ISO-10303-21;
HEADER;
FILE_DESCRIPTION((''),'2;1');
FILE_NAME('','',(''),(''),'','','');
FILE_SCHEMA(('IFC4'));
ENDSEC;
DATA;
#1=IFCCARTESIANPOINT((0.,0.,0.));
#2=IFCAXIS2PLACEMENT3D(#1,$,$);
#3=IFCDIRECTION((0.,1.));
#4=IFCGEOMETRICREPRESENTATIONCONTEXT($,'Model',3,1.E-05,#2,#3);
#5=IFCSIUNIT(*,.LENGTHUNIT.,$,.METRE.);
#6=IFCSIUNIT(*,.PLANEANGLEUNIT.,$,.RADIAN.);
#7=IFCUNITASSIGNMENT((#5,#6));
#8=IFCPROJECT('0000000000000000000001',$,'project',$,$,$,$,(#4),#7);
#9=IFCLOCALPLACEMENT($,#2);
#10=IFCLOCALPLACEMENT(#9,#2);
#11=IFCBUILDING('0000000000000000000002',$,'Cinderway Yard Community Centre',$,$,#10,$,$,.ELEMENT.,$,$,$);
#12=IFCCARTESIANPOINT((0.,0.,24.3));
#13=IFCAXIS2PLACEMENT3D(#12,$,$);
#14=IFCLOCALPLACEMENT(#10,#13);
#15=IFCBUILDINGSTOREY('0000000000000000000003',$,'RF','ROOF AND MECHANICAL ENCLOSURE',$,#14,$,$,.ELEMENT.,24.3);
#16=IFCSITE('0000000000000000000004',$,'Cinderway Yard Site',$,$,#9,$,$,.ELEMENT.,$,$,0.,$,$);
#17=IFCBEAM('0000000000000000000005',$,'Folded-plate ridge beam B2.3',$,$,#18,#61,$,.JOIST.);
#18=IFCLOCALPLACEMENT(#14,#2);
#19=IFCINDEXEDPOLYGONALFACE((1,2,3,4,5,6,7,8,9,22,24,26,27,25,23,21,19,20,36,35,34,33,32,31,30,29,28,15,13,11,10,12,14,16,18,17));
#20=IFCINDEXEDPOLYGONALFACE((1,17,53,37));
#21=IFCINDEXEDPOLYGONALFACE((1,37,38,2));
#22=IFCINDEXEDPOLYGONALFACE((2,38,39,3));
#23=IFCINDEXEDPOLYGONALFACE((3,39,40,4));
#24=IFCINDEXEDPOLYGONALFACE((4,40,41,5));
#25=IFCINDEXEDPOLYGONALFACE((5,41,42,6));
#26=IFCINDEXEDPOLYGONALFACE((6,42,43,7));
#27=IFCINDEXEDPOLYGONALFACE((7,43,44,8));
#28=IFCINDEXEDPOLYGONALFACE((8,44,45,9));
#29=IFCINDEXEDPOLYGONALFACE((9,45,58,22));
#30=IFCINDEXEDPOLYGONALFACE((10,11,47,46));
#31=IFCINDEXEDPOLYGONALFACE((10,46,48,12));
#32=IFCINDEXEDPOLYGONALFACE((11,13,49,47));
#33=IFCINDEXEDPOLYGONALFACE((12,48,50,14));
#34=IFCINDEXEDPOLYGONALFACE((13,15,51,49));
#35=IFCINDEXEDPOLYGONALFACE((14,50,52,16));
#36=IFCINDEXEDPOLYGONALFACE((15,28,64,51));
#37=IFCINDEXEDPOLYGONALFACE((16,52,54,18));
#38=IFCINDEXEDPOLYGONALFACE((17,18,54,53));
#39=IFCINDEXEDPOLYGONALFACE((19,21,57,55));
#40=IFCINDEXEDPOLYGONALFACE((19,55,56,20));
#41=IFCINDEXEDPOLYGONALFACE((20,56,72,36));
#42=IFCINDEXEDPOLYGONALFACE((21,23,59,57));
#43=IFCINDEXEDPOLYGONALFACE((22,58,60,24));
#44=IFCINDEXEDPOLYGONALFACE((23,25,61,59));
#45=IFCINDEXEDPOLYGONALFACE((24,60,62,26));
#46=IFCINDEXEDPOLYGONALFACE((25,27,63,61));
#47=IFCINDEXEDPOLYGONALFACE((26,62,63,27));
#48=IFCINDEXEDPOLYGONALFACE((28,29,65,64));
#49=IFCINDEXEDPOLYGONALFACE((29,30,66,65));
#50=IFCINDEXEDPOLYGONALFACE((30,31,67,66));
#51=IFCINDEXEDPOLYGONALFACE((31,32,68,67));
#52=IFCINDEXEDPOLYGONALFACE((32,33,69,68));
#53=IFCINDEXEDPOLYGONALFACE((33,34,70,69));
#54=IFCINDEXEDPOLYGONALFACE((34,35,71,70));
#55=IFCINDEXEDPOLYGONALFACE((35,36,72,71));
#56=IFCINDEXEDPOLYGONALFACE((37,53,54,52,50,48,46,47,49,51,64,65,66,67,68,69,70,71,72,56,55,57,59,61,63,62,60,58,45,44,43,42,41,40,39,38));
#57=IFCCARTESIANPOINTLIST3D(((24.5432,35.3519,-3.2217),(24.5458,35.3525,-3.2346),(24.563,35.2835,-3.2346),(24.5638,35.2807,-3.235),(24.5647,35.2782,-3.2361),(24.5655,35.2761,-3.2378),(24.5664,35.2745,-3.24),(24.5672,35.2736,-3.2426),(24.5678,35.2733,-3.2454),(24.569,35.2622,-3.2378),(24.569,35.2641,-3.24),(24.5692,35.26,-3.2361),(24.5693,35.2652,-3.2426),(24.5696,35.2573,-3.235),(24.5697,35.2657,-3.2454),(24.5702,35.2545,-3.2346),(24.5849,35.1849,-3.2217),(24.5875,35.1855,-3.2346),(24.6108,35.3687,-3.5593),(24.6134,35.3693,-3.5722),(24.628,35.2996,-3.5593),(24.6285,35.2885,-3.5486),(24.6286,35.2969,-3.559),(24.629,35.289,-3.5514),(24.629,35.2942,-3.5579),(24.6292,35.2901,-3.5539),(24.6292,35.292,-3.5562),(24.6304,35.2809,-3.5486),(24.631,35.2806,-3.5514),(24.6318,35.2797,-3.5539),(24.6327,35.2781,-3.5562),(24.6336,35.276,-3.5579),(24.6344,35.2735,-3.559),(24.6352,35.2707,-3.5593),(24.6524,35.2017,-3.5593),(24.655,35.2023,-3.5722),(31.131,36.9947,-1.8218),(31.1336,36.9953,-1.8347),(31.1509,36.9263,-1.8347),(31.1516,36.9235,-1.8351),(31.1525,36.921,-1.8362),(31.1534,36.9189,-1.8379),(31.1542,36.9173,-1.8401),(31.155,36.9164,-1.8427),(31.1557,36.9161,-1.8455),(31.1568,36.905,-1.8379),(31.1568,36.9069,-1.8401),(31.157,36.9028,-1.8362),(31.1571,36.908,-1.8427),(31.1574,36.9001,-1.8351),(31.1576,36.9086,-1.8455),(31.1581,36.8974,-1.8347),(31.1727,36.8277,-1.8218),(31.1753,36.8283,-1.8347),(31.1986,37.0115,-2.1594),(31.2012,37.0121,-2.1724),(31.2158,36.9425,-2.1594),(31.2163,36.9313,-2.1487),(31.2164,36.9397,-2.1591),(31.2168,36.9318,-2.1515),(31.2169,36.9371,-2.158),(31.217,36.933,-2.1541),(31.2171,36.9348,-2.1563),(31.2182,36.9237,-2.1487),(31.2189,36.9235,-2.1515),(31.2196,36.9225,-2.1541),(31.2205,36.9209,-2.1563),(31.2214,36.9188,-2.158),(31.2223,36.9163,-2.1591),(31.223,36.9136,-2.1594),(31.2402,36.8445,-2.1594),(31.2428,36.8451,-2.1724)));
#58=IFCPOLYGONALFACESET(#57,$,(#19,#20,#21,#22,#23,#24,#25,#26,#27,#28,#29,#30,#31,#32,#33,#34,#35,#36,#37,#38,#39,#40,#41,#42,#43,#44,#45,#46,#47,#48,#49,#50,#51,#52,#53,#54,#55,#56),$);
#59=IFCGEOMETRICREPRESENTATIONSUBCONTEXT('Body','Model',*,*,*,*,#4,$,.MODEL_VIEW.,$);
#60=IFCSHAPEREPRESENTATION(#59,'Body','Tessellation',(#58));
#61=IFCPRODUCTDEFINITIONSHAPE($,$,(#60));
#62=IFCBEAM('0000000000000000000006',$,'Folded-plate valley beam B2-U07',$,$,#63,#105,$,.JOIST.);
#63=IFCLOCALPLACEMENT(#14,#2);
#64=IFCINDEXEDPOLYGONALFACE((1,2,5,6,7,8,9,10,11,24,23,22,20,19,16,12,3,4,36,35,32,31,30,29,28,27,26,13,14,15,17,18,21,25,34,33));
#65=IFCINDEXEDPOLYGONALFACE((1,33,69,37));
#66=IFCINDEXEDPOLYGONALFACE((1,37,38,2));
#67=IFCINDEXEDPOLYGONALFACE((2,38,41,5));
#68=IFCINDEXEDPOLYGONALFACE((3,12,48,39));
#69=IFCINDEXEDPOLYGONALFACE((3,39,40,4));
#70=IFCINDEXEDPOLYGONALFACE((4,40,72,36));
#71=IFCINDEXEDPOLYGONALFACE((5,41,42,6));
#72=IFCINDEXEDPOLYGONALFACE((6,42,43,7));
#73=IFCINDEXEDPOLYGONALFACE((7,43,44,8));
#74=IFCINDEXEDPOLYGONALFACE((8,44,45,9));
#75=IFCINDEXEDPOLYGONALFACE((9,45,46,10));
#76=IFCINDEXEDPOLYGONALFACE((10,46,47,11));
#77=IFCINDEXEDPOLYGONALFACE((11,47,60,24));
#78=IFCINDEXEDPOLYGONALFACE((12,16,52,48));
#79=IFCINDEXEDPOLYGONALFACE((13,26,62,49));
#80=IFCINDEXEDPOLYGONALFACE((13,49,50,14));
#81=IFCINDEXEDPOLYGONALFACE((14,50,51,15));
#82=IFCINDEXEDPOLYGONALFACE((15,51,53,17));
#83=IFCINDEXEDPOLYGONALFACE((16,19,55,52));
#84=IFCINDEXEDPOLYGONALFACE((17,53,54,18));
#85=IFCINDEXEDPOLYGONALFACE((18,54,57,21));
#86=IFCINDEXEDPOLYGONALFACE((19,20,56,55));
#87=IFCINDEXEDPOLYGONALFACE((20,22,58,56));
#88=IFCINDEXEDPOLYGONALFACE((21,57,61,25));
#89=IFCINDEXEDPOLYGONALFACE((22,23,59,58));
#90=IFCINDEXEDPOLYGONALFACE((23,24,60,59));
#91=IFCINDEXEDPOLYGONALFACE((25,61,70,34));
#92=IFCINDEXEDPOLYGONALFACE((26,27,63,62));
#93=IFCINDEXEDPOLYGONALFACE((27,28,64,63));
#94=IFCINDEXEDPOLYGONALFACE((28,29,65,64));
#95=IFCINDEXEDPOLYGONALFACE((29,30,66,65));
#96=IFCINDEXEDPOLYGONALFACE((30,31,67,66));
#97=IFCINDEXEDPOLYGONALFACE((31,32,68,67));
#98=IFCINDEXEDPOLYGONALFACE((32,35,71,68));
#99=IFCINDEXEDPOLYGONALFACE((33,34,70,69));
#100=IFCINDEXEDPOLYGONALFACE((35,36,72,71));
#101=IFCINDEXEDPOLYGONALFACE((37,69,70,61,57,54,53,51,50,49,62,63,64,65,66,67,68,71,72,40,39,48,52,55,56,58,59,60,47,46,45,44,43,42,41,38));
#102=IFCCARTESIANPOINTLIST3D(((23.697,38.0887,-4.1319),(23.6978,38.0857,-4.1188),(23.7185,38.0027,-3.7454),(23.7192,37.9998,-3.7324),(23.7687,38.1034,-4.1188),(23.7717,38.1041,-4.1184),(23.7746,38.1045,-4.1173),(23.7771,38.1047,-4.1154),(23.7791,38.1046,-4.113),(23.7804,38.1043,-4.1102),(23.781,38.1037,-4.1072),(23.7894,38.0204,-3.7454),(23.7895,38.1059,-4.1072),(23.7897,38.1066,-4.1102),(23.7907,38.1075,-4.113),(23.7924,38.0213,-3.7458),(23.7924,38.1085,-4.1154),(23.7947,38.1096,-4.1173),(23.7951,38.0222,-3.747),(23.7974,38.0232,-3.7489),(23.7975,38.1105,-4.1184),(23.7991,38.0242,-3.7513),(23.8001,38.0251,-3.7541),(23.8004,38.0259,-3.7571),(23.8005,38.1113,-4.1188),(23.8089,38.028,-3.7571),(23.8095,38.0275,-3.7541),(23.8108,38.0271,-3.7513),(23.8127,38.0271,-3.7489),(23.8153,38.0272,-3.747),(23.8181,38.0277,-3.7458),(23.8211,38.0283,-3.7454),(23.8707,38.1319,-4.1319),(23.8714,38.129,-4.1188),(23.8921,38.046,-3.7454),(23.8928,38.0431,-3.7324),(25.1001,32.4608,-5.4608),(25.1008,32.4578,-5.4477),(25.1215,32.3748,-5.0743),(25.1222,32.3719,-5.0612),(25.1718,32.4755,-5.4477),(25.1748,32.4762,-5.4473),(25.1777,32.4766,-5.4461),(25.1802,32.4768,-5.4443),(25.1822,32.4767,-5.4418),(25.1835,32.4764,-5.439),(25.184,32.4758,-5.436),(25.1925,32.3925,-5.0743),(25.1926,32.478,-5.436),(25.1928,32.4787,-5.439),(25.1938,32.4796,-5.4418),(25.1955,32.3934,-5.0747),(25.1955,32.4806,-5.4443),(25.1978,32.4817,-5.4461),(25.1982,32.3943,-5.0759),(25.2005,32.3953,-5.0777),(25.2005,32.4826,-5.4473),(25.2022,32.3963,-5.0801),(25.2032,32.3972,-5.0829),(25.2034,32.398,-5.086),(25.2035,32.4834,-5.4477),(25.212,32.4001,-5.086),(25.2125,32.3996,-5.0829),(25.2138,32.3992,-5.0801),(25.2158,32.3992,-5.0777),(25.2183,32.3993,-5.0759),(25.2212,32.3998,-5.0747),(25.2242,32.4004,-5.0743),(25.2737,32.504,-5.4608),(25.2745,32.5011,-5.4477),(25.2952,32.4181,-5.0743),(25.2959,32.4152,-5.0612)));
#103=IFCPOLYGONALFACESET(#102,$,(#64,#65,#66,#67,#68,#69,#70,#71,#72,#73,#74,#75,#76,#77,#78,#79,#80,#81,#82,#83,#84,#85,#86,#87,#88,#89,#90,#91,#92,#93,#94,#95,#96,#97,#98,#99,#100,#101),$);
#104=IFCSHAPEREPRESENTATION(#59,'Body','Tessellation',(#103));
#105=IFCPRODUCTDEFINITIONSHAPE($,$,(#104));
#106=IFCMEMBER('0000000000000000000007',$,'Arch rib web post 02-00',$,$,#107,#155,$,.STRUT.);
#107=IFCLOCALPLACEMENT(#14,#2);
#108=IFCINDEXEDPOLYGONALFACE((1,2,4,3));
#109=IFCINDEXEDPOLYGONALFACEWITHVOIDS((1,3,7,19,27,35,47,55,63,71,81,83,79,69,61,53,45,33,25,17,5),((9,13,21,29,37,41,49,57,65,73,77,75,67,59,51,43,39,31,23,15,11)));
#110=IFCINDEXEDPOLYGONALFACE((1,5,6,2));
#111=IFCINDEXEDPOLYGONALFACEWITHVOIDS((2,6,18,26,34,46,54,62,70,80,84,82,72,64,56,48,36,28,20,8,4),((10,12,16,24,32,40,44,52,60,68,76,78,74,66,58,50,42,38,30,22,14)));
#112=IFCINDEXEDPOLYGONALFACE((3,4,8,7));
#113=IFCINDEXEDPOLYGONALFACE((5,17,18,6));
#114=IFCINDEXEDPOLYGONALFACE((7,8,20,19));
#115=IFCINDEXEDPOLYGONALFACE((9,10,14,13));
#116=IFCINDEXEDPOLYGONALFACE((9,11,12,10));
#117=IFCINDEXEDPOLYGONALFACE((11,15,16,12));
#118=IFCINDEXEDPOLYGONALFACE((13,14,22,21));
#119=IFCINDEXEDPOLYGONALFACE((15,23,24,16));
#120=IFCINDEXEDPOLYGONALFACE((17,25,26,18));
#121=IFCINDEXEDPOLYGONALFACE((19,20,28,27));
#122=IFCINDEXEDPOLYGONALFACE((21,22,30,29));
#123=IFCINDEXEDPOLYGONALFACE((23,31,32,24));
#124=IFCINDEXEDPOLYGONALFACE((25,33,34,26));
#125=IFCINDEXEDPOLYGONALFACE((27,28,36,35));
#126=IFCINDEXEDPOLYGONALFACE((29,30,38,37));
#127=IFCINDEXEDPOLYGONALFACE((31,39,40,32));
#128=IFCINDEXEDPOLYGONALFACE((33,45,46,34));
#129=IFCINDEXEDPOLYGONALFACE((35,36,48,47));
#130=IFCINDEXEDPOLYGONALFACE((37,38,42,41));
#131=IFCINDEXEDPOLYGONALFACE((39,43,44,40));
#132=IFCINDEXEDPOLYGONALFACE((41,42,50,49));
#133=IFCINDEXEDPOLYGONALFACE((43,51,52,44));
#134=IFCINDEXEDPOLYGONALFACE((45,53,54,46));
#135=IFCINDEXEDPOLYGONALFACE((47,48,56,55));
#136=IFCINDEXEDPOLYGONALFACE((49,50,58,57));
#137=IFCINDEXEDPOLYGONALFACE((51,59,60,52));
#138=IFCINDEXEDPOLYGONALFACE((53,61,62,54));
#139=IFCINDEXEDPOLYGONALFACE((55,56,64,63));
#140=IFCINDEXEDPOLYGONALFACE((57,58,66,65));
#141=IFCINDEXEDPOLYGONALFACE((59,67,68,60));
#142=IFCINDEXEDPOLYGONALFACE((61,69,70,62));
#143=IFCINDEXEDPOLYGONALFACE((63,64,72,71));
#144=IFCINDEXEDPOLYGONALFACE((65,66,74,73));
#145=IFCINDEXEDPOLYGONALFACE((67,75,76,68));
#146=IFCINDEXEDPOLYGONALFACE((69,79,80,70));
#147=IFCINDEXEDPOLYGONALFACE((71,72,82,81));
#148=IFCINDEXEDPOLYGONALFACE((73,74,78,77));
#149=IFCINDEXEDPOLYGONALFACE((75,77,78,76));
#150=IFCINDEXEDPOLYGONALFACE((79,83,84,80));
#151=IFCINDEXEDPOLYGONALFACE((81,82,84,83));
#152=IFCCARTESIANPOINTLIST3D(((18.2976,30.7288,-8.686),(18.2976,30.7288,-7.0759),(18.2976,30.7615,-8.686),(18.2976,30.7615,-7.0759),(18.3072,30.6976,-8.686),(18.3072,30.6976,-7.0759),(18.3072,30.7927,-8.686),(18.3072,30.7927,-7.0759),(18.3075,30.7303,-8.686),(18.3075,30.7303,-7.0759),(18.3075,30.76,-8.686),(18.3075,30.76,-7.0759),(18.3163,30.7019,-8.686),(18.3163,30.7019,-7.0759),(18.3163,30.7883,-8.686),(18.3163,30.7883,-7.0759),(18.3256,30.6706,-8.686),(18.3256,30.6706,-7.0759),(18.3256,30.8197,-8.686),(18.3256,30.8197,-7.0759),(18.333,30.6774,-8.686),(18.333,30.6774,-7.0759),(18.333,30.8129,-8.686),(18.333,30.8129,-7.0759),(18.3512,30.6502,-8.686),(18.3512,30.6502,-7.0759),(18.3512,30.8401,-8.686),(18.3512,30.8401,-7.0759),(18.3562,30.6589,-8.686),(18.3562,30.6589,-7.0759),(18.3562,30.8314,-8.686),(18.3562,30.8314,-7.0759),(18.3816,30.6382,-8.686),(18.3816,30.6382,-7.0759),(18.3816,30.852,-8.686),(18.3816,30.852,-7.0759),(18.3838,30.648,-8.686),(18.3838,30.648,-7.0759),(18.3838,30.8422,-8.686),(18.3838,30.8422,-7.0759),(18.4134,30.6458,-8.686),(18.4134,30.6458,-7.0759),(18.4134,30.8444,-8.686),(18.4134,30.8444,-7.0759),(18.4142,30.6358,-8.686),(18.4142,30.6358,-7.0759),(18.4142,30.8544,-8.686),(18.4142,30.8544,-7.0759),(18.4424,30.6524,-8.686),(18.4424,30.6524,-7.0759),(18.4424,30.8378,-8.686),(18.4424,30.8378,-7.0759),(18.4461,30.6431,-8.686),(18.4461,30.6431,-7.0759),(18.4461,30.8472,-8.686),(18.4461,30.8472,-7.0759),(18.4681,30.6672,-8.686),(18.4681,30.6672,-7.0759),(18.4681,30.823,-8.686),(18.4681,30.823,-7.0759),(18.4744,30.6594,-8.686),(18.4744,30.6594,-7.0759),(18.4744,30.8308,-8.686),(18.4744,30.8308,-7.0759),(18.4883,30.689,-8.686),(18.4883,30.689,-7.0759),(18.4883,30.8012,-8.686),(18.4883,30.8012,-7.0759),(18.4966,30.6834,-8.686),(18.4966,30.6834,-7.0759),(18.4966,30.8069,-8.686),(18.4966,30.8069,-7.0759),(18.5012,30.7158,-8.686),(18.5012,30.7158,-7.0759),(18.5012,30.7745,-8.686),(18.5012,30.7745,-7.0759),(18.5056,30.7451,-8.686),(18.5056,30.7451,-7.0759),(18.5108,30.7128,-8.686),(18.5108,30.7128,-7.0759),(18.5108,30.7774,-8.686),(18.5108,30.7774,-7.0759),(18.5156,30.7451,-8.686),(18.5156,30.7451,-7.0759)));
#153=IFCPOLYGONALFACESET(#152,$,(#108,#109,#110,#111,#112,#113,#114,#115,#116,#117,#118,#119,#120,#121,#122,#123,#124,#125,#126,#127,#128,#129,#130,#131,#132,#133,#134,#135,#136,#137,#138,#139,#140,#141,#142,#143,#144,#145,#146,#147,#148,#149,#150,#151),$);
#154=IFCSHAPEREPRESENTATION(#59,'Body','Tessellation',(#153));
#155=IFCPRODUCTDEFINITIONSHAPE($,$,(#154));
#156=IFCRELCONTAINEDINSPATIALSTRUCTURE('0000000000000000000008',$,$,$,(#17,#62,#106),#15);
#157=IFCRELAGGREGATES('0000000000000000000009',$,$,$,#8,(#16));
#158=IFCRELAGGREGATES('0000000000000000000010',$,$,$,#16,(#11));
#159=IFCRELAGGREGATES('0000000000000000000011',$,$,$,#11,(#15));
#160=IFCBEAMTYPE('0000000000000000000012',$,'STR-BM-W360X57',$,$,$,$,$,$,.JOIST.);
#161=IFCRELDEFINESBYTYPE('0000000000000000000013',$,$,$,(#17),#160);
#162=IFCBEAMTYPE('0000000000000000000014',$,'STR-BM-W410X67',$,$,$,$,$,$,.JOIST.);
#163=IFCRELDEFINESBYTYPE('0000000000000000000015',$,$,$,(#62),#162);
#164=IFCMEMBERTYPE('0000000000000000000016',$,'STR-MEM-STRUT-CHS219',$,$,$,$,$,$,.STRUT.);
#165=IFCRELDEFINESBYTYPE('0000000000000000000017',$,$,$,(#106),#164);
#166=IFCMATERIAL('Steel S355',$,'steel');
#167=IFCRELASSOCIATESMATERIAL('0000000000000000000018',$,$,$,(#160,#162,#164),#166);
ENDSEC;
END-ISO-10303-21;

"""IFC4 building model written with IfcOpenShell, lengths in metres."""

from ifc_helpers import new_model, si_unit, direction, frame, origin, origin_2d, place, context, subcontext, project, spatial, hollow_circle, i_section, extrude, material, material_profile, profile_set, type_object, element, save


model = new_model("IFC4")

# Units and contexts
model_context = context("Model", 3, precision=1e-05, world=origin(), true_north=direction((0.0, 1.0)))
body_context = subcontext(model_context, "Body", "Model", "MODEL_VIEW")
ifc_project = project(units=[si_unit("LENGTHUNIT", "METRE"), si_unit("PLANEANGLEUNIT", "RADIAN")], contexts=[model_context])

# Site, building, storey
site_placement = place(None, origin())
site = spatial("IfcSite", under=ifc_project, at=site_placement, Name="Cinderway Yard Site", CompositionType="ELEMENT", RefElevation=0.0)
building_placement = place(site_placement, origin())
building = spatial("IfcBuilding", under=site, at=building_placement, Name="Cinderway Yard Community Centre", CompositionType="ELEMENT")
storey_placement = place(building_placement, frame((0.0, 0.0, 24.3)))
storey = spatial("IfcBuildingStorey", under=building, at=storey_placement, Name="RF", Description="ROOF AND MECHANICAL ENCLOSURE", CompositionType="ELEMENT", Elevation=24.3)

# Shared definitions
ifc_material_1 = material(Name="Steel S355", Category="steel")

# Beams
ifc_material_profile_1 = material_profile(ifc_material_1, i_section(OverallWidth=0.1721, OverallDepth=0.3579, WebThickness=0.0078, FlangeThickness=0.0132, FilletRadius=0.011, at=origin_2d()), Name="Steel S355")
ifc_profile_set_1 = profile_set([ifc_material_profile_1], Name="Steel S355")
beam_type_1 = type_object("IfcBeamType", Name="STR-BM-W360X57", PredefinedType="JOIST", material=ifc_profile_set_1)
beam_1_placement = place(storey_placement, frame((24.5991, 35.2771, -3.397), z_axis=(0.950297, 0.236976, 0.201935), x_axis=(-0.24196, 0.970286, 0.0)))
element("IfcBeam", 1, at=beam_1_placement, inside=storey, type_object=beam_type_1, Name="Folded-plate ridge beam B2.3", PredefinedType="JOIST", context=body_context, shape_type="SweptSolid", body=[
    extrude(i_section(OverallWidth=0.1721, OverallDepth=0.3579, WebThickness=0.0078, FlangeThickness=0.0132, FilletRadius=0.011, at=origin_2d()), origin(), (0.0, 0.0, 1.0), 6.9324),
])
ifc_material_profile_2 = material_profile(ifc_material_1, i_section(OverallWidth=0.179, OverallDepth=0.4099, WebThickness=0.0088, FlangeThickness=0.0134, FilletRadius=0.012, at=origin_2d()), Name="Steel S355")
ifc_profile_set_2 = profile_set([ifc_material_profile_2], Name="Steel S355")
beam_type_2 = type_object("IfcBeamType", Name="STR-BM-W410X67", PredefinedType="JOIST", material=ifc_profile_set_2)
beam_2_placement = place(storey_placement, frame((25.198, 32.438, -5.261), z_axis=(-0.235793, 0.945796, 0.22332), x_axis=(-0.970301, -0.241902, 0.0)))
element("IfcBeam", 2, at=beam_2_placement, inside=storey, type_object=beam_type_2, Name="Folded-plate valley beam B2-U07", PredefinedType="JOIST", context=body_context, shape_type="SweptSolid", body=[
    extrude(i_section(OverallWidth=0.179, OverallDepth=0.4099, WebThickness=0.0088, FlangeThickness=0.0134, FilletRadius=0.012, at=origin_2d()), origin(), (0.0, 0.0, 1.0), 5.9504),
])

# Member
ifc_material_profile_3 = material_profile(ifc_material_1, hollow_circle(Radius=0.1096, WallThickness=0.01, at=origin_2d()), Name="Steel S355")
ifc_profile_set_3 = profile_set([ifc_material_profile_3], Name="Steel S355")
member_type_1 = type_object("IfcMemberType", Name="STR-MEM-STRUT-CHS219", PredefinedType="STRUT", material=ifc_profile_set_3)
member_1_placement = place(storey_placement, frame((18.406, 30.7451, -8.686), z_axis=(0.0, 0.0, 1.0), x_axis=(1.0, 0.0, 0.0)))
element("IfcMember", 3, at=member_1_placement, inside=storey, type_object=member_type_1, Name="Arch rib web post 02-00", PredefinedType="STRUT", context=body_context, shape_type="SweptSolid", body=[
    extrude(hollow_circle(Radius=0.1096, WallThickness=0.01, at=origin_2d()), origin(), (0.0, 0.0, 1.0), 1.6101),
])

save(model, "model.ifc")
